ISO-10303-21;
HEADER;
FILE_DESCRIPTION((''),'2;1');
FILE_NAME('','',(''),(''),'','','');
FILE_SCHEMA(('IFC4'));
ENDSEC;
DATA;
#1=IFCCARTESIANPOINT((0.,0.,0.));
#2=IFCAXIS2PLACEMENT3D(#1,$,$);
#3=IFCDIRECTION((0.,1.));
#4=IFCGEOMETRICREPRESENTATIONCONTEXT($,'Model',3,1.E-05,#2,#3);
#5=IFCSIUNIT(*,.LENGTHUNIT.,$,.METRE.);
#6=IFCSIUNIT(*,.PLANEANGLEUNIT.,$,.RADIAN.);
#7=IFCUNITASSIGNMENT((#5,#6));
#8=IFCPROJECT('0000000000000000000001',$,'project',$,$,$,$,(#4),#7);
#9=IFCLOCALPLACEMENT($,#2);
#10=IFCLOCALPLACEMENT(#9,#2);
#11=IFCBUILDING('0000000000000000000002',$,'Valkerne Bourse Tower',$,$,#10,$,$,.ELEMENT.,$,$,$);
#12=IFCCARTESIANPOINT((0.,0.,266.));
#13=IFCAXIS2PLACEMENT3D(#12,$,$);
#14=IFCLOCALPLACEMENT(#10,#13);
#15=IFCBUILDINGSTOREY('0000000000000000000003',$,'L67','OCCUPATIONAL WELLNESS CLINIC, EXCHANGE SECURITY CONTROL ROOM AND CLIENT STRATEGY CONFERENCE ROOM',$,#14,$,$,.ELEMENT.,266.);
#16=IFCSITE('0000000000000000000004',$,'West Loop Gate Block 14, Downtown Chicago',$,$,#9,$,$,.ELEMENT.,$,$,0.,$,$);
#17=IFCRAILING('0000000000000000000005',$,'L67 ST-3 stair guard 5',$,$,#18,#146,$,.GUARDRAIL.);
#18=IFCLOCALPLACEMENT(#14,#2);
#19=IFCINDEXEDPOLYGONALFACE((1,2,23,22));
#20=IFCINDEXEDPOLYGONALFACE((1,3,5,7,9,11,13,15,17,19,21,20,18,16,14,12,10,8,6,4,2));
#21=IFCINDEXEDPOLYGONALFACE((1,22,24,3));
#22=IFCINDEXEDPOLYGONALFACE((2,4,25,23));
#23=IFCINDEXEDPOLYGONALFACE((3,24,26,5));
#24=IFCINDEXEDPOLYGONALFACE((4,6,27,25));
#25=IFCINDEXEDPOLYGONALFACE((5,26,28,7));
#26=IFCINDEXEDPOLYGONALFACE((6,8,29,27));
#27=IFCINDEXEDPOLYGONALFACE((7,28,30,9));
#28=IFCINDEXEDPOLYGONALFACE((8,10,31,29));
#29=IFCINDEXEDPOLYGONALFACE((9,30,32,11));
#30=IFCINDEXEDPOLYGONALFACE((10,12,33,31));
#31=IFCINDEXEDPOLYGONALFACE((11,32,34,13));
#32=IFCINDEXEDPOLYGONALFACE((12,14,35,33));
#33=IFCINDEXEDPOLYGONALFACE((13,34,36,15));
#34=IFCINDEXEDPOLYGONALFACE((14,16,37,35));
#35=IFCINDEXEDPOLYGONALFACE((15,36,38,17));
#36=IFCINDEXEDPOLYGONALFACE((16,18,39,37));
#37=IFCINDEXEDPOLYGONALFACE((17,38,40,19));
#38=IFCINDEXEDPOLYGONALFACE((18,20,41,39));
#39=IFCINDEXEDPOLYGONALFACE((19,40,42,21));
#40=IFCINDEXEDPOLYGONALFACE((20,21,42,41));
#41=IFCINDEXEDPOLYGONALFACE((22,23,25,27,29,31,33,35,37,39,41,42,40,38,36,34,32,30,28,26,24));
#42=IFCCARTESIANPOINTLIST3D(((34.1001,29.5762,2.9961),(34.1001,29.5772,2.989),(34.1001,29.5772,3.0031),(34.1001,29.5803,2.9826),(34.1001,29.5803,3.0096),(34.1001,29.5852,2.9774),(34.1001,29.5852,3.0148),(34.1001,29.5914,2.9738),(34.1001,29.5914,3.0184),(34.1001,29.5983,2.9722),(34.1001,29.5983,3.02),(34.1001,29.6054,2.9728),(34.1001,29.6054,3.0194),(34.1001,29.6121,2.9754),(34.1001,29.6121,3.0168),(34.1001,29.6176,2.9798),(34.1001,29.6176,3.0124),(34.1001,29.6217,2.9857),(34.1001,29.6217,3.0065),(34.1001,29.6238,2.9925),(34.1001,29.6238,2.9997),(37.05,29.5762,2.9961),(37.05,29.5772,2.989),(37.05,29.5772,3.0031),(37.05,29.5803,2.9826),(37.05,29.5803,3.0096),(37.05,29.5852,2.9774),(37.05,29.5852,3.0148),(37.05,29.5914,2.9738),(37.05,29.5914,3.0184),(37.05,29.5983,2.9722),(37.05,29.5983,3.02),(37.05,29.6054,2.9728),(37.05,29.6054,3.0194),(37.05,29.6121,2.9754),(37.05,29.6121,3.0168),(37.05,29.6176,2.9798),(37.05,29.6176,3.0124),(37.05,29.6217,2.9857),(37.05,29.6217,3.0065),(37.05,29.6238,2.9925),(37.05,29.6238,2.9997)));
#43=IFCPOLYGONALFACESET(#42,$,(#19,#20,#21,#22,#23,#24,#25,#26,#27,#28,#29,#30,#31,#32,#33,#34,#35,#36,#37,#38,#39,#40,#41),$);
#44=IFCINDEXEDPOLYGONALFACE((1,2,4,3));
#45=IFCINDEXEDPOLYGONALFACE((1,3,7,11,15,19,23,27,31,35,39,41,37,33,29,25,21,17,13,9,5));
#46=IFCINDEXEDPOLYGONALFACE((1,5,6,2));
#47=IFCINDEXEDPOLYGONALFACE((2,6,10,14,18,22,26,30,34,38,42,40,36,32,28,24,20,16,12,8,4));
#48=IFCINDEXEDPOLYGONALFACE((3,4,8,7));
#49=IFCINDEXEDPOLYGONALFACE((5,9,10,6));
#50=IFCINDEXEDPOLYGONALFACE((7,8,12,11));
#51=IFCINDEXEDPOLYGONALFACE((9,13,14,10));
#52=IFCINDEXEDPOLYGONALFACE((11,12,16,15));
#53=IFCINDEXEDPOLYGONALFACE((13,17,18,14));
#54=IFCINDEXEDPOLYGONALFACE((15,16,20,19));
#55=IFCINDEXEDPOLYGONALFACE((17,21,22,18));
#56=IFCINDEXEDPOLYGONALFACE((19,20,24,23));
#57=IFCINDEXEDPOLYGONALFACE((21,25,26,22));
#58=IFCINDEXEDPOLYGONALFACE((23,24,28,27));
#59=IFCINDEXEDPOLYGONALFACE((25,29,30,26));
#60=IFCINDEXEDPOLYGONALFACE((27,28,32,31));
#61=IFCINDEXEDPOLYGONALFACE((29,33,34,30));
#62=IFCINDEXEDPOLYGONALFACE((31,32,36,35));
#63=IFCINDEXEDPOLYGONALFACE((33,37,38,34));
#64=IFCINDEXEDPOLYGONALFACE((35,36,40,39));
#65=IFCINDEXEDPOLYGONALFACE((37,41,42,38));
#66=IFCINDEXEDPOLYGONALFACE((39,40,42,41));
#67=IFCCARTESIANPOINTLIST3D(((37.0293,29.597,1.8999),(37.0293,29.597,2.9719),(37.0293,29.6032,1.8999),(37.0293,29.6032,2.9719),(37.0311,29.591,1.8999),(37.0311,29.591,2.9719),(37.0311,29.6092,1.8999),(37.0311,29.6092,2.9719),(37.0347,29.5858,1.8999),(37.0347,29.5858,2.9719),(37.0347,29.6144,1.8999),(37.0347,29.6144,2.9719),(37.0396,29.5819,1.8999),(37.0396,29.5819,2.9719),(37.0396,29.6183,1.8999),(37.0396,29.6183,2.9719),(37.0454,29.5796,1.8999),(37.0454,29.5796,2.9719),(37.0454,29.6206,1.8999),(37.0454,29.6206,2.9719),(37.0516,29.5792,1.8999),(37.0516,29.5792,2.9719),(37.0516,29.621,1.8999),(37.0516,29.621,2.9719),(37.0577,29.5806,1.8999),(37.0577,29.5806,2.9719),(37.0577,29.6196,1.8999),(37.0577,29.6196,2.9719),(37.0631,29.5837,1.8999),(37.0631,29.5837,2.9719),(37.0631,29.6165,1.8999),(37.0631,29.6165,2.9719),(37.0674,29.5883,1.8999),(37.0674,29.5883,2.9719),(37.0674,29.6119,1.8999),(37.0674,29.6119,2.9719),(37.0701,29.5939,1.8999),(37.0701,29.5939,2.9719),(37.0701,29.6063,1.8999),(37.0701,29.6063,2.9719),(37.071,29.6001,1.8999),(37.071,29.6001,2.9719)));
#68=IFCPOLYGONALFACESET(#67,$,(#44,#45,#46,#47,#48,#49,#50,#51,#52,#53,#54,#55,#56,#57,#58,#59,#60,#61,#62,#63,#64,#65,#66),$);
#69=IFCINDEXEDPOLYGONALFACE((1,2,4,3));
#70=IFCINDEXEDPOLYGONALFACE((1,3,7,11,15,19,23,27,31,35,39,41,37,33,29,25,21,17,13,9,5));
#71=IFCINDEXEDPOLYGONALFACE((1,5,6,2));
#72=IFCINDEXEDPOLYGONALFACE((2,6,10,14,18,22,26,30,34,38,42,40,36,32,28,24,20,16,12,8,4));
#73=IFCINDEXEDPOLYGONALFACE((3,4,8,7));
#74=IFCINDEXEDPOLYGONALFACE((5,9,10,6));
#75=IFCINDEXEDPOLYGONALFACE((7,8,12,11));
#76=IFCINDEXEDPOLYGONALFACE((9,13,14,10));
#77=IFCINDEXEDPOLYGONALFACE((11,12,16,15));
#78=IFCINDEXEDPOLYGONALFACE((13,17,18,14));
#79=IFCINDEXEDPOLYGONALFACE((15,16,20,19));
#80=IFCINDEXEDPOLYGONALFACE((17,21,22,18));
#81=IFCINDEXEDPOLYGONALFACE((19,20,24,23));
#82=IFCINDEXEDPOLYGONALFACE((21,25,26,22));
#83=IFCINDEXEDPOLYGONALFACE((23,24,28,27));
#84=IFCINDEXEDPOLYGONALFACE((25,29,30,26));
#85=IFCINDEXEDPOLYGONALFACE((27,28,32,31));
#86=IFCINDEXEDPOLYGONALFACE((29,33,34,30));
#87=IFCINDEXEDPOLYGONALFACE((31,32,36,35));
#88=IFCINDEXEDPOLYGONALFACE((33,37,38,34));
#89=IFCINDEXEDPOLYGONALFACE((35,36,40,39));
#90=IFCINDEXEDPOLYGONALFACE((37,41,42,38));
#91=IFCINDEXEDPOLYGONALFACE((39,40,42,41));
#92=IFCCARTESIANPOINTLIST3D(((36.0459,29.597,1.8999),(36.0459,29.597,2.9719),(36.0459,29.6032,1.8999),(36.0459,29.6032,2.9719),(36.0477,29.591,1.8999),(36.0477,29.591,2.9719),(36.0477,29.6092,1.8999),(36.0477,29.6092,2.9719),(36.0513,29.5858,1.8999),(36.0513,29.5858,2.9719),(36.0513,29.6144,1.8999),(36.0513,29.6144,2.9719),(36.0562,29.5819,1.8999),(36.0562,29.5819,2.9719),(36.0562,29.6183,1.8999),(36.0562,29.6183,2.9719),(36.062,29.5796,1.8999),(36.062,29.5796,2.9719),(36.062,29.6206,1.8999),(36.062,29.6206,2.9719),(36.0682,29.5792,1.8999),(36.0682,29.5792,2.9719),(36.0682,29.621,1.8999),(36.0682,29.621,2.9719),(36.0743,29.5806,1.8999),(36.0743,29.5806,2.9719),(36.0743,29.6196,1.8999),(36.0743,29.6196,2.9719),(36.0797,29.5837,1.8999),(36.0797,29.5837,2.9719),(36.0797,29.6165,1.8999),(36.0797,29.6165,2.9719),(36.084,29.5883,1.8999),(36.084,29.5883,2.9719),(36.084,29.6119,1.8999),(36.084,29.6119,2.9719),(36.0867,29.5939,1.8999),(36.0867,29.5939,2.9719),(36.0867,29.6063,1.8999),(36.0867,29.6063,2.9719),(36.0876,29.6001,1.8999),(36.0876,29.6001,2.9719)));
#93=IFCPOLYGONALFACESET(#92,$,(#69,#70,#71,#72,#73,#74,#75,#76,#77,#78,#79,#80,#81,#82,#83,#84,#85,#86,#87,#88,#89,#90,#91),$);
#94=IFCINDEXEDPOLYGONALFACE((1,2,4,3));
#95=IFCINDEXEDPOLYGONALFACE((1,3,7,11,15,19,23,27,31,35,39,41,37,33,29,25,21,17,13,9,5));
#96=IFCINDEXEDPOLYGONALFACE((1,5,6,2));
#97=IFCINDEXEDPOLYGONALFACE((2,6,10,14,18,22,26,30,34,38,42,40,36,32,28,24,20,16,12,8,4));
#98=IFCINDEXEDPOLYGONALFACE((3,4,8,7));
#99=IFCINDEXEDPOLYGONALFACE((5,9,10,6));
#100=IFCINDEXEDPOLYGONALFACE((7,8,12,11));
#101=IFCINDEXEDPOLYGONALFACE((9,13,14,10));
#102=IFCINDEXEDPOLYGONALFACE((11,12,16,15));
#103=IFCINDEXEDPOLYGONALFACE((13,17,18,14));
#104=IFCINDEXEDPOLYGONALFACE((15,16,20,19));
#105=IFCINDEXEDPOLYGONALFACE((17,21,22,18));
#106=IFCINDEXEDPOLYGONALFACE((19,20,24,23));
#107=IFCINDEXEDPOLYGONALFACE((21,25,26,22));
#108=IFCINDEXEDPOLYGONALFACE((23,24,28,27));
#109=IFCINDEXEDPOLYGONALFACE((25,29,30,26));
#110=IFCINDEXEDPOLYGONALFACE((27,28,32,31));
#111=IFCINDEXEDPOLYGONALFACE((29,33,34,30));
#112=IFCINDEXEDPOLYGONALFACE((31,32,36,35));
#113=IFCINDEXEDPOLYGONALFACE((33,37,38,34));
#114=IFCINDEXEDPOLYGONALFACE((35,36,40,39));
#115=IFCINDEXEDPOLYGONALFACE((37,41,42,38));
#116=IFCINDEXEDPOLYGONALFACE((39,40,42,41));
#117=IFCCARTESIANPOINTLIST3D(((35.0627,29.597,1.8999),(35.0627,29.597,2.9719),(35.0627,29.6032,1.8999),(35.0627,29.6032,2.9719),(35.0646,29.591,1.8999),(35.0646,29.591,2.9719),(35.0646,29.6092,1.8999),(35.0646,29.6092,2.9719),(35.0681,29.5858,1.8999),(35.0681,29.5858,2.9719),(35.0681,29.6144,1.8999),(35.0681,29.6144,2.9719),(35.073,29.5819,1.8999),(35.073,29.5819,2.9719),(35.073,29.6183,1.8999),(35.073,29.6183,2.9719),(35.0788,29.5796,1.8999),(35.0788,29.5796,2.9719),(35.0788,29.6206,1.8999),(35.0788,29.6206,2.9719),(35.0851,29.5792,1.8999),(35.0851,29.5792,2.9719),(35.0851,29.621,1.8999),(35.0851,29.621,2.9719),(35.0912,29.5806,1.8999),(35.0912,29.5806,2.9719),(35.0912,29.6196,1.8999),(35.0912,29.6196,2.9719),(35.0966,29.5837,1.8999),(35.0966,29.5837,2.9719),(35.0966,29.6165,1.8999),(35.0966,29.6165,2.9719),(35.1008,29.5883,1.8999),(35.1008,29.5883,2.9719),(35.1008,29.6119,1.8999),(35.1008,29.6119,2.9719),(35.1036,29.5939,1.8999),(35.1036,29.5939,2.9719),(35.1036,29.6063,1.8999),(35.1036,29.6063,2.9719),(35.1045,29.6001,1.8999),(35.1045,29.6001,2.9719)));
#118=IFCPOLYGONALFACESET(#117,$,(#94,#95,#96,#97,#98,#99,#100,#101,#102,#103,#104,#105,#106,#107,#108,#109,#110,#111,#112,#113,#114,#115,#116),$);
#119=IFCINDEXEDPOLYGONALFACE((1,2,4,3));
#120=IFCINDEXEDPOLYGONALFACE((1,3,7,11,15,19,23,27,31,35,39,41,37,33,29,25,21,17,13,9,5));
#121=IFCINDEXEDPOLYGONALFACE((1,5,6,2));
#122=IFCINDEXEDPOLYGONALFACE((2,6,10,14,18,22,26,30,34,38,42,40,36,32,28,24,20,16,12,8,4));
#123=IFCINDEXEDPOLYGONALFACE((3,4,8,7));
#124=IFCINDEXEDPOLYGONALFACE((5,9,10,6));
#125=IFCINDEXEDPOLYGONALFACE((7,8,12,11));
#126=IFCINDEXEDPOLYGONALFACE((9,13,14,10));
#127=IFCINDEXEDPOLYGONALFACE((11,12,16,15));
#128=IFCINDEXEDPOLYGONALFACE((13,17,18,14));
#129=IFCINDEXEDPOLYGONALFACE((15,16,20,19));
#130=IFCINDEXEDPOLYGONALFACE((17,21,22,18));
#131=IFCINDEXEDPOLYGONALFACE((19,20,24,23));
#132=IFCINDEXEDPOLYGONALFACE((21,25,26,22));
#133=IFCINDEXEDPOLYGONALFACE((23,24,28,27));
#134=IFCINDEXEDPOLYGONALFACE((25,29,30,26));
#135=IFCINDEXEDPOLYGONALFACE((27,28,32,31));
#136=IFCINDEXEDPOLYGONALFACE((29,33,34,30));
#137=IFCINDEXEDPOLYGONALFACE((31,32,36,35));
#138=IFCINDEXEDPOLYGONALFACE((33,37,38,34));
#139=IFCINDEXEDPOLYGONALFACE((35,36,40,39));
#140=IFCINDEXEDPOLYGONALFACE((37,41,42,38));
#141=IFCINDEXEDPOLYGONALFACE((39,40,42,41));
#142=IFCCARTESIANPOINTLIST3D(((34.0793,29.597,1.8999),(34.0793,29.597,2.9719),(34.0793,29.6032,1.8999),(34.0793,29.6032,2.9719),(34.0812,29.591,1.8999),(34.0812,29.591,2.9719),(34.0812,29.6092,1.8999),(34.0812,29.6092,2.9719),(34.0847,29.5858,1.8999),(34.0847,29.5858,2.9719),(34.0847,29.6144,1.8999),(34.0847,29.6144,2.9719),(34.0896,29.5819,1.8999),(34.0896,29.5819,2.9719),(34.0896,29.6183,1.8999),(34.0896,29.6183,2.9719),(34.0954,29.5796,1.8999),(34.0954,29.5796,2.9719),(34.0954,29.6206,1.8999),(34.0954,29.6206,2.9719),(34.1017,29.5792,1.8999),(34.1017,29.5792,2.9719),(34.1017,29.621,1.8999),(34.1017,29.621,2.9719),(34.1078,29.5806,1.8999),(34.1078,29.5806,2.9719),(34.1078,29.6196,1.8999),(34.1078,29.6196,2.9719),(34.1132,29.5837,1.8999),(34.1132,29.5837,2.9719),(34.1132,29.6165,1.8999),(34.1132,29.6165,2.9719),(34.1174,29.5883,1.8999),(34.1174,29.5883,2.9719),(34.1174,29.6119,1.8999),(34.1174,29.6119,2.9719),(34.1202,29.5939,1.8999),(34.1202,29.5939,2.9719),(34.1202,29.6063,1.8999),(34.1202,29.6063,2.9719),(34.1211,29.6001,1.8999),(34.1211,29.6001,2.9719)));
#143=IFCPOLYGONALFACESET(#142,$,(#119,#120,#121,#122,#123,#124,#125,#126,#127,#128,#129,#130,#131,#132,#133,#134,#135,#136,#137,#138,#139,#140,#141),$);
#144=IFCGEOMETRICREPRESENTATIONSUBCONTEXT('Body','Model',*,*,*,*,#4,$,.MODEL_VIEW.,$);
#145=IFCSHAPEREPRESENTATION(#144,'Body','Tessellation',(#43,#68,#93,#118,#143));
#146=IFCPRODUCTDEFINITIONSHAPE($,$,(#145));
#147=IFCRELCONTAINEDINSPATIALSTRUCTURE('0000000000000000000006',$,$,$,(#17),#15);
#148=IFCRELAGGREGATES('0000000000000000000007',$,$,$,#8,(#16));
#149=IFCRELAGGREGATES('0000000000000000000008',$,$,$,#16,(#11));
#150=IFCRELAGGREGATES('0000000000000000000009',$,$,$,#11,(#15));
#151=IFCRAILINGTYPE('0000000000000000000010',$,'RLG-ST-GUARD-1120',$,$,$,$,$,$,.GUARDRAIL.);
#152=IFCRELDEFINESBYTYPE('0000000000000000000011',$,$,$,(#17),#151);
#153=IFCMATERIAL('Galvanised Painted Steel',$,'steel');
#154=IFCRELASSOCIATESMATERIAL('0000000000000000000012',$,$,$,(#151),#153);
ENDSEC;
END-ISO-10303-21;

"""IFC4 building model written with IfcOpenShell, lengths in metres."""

from ifc_helpers import new_model, si_unit, direction, frame, origin, origin_2d, place, context, subcontext, project, spatial, circle, extrude, material, type_object, element, save


model = new_model("IFC4")

# Units and contexts
model_context = context("Model", 3, precision=1e-05, world=origin(), true_north=direction((0.0, 1.0)))
body_context = subcontext(model_context, "Body", "Model", "MODEL_VIEW")
ifc_project = project(units=[si_unit("LENGTHUNIT", "METRE"), si_unit("PLANEANGLEUNIT", "RADIAN")], contexts=[model_context])

# Site, building, storey
site_placement = place(None, origin())
site = spatial("IfcSite", under=ifc_project, at=site_placement, Name="West Loop Gate Block 14, Downtown Chicago", CompositionType="ELEMENT", RefElevation=0.0)
building_placement = place(site_placement, origin())
building = spatial("IfcBuilding", under=site, at=building_placement, Name="Valkerne Bourse Tower", CompositionType="ELEMENT")
storey_placement = place(building_placement, frame((0.0, 0.0, 266.0)))
storey = spatial("IfcBuildingStorey", under=building, at=storey_placement, Name="L67", Description="OCCUPATIONAL WELLNESS CLINIC, EXCHANGE SECURITY CONTROL ROOM AND CLIENT STRATEGY CONFERENCE ROOM", CompositionType="ELEMENT", Elevation=266.0)

# Railing
ifc_material_1 = material(Name="Galvanised Painted Steel", Category="steel")
railing_type_1 = type_object("IfcRailingType", Name="RLG-ST-GUARD-1120", PredefinedType="GUARDRAIL", material=ifc_material_1)
railing_1_placement = place(storey_placement, frame((37.05, 29.6001, 1.8999)))
element("IfcRailing", 1, at=railing_1_placement, inside=storey, type_object=railing_type_1, Name="L67 ST-3 stair guard 5", PredefinedType="GUARDRAIL", context=body_context, shape_type="SweptSolid", body=[
    extrude(circle(Radius=0.0239, at=origin_2d()), frame((0.0, 0.0, 1.0962), z_axis=(-1.0, 0.0, 0.0), x_axis=(0.0, -1.0, 0.0)), (0.0, 0.0, 1.0), 2.95),
    extrude(circle(Radius=0.021, at=origin_2d()), origin(), (0.0, 0.0, 1.0), 1.072),
    extrude(circle(Radius=0.021, at=origin_2d()), frame((-0.9834, 0.0, 0.0)), (0.0, 0.0, 1.0), 1.072),
    extrude(circle(Radius=0.021, at=origin_2d()), frame((-1.9666, 0.0, 0.0)), (0.0, 0.0, 1.0), 1.072),
    extrude(circle(Radius=0.021, at=origin_2d()), frame((-2.95, 0.0, 0.0)), (0.0, 0.0, 1.0), 1.072),
])

save(model, "model.ifc")
